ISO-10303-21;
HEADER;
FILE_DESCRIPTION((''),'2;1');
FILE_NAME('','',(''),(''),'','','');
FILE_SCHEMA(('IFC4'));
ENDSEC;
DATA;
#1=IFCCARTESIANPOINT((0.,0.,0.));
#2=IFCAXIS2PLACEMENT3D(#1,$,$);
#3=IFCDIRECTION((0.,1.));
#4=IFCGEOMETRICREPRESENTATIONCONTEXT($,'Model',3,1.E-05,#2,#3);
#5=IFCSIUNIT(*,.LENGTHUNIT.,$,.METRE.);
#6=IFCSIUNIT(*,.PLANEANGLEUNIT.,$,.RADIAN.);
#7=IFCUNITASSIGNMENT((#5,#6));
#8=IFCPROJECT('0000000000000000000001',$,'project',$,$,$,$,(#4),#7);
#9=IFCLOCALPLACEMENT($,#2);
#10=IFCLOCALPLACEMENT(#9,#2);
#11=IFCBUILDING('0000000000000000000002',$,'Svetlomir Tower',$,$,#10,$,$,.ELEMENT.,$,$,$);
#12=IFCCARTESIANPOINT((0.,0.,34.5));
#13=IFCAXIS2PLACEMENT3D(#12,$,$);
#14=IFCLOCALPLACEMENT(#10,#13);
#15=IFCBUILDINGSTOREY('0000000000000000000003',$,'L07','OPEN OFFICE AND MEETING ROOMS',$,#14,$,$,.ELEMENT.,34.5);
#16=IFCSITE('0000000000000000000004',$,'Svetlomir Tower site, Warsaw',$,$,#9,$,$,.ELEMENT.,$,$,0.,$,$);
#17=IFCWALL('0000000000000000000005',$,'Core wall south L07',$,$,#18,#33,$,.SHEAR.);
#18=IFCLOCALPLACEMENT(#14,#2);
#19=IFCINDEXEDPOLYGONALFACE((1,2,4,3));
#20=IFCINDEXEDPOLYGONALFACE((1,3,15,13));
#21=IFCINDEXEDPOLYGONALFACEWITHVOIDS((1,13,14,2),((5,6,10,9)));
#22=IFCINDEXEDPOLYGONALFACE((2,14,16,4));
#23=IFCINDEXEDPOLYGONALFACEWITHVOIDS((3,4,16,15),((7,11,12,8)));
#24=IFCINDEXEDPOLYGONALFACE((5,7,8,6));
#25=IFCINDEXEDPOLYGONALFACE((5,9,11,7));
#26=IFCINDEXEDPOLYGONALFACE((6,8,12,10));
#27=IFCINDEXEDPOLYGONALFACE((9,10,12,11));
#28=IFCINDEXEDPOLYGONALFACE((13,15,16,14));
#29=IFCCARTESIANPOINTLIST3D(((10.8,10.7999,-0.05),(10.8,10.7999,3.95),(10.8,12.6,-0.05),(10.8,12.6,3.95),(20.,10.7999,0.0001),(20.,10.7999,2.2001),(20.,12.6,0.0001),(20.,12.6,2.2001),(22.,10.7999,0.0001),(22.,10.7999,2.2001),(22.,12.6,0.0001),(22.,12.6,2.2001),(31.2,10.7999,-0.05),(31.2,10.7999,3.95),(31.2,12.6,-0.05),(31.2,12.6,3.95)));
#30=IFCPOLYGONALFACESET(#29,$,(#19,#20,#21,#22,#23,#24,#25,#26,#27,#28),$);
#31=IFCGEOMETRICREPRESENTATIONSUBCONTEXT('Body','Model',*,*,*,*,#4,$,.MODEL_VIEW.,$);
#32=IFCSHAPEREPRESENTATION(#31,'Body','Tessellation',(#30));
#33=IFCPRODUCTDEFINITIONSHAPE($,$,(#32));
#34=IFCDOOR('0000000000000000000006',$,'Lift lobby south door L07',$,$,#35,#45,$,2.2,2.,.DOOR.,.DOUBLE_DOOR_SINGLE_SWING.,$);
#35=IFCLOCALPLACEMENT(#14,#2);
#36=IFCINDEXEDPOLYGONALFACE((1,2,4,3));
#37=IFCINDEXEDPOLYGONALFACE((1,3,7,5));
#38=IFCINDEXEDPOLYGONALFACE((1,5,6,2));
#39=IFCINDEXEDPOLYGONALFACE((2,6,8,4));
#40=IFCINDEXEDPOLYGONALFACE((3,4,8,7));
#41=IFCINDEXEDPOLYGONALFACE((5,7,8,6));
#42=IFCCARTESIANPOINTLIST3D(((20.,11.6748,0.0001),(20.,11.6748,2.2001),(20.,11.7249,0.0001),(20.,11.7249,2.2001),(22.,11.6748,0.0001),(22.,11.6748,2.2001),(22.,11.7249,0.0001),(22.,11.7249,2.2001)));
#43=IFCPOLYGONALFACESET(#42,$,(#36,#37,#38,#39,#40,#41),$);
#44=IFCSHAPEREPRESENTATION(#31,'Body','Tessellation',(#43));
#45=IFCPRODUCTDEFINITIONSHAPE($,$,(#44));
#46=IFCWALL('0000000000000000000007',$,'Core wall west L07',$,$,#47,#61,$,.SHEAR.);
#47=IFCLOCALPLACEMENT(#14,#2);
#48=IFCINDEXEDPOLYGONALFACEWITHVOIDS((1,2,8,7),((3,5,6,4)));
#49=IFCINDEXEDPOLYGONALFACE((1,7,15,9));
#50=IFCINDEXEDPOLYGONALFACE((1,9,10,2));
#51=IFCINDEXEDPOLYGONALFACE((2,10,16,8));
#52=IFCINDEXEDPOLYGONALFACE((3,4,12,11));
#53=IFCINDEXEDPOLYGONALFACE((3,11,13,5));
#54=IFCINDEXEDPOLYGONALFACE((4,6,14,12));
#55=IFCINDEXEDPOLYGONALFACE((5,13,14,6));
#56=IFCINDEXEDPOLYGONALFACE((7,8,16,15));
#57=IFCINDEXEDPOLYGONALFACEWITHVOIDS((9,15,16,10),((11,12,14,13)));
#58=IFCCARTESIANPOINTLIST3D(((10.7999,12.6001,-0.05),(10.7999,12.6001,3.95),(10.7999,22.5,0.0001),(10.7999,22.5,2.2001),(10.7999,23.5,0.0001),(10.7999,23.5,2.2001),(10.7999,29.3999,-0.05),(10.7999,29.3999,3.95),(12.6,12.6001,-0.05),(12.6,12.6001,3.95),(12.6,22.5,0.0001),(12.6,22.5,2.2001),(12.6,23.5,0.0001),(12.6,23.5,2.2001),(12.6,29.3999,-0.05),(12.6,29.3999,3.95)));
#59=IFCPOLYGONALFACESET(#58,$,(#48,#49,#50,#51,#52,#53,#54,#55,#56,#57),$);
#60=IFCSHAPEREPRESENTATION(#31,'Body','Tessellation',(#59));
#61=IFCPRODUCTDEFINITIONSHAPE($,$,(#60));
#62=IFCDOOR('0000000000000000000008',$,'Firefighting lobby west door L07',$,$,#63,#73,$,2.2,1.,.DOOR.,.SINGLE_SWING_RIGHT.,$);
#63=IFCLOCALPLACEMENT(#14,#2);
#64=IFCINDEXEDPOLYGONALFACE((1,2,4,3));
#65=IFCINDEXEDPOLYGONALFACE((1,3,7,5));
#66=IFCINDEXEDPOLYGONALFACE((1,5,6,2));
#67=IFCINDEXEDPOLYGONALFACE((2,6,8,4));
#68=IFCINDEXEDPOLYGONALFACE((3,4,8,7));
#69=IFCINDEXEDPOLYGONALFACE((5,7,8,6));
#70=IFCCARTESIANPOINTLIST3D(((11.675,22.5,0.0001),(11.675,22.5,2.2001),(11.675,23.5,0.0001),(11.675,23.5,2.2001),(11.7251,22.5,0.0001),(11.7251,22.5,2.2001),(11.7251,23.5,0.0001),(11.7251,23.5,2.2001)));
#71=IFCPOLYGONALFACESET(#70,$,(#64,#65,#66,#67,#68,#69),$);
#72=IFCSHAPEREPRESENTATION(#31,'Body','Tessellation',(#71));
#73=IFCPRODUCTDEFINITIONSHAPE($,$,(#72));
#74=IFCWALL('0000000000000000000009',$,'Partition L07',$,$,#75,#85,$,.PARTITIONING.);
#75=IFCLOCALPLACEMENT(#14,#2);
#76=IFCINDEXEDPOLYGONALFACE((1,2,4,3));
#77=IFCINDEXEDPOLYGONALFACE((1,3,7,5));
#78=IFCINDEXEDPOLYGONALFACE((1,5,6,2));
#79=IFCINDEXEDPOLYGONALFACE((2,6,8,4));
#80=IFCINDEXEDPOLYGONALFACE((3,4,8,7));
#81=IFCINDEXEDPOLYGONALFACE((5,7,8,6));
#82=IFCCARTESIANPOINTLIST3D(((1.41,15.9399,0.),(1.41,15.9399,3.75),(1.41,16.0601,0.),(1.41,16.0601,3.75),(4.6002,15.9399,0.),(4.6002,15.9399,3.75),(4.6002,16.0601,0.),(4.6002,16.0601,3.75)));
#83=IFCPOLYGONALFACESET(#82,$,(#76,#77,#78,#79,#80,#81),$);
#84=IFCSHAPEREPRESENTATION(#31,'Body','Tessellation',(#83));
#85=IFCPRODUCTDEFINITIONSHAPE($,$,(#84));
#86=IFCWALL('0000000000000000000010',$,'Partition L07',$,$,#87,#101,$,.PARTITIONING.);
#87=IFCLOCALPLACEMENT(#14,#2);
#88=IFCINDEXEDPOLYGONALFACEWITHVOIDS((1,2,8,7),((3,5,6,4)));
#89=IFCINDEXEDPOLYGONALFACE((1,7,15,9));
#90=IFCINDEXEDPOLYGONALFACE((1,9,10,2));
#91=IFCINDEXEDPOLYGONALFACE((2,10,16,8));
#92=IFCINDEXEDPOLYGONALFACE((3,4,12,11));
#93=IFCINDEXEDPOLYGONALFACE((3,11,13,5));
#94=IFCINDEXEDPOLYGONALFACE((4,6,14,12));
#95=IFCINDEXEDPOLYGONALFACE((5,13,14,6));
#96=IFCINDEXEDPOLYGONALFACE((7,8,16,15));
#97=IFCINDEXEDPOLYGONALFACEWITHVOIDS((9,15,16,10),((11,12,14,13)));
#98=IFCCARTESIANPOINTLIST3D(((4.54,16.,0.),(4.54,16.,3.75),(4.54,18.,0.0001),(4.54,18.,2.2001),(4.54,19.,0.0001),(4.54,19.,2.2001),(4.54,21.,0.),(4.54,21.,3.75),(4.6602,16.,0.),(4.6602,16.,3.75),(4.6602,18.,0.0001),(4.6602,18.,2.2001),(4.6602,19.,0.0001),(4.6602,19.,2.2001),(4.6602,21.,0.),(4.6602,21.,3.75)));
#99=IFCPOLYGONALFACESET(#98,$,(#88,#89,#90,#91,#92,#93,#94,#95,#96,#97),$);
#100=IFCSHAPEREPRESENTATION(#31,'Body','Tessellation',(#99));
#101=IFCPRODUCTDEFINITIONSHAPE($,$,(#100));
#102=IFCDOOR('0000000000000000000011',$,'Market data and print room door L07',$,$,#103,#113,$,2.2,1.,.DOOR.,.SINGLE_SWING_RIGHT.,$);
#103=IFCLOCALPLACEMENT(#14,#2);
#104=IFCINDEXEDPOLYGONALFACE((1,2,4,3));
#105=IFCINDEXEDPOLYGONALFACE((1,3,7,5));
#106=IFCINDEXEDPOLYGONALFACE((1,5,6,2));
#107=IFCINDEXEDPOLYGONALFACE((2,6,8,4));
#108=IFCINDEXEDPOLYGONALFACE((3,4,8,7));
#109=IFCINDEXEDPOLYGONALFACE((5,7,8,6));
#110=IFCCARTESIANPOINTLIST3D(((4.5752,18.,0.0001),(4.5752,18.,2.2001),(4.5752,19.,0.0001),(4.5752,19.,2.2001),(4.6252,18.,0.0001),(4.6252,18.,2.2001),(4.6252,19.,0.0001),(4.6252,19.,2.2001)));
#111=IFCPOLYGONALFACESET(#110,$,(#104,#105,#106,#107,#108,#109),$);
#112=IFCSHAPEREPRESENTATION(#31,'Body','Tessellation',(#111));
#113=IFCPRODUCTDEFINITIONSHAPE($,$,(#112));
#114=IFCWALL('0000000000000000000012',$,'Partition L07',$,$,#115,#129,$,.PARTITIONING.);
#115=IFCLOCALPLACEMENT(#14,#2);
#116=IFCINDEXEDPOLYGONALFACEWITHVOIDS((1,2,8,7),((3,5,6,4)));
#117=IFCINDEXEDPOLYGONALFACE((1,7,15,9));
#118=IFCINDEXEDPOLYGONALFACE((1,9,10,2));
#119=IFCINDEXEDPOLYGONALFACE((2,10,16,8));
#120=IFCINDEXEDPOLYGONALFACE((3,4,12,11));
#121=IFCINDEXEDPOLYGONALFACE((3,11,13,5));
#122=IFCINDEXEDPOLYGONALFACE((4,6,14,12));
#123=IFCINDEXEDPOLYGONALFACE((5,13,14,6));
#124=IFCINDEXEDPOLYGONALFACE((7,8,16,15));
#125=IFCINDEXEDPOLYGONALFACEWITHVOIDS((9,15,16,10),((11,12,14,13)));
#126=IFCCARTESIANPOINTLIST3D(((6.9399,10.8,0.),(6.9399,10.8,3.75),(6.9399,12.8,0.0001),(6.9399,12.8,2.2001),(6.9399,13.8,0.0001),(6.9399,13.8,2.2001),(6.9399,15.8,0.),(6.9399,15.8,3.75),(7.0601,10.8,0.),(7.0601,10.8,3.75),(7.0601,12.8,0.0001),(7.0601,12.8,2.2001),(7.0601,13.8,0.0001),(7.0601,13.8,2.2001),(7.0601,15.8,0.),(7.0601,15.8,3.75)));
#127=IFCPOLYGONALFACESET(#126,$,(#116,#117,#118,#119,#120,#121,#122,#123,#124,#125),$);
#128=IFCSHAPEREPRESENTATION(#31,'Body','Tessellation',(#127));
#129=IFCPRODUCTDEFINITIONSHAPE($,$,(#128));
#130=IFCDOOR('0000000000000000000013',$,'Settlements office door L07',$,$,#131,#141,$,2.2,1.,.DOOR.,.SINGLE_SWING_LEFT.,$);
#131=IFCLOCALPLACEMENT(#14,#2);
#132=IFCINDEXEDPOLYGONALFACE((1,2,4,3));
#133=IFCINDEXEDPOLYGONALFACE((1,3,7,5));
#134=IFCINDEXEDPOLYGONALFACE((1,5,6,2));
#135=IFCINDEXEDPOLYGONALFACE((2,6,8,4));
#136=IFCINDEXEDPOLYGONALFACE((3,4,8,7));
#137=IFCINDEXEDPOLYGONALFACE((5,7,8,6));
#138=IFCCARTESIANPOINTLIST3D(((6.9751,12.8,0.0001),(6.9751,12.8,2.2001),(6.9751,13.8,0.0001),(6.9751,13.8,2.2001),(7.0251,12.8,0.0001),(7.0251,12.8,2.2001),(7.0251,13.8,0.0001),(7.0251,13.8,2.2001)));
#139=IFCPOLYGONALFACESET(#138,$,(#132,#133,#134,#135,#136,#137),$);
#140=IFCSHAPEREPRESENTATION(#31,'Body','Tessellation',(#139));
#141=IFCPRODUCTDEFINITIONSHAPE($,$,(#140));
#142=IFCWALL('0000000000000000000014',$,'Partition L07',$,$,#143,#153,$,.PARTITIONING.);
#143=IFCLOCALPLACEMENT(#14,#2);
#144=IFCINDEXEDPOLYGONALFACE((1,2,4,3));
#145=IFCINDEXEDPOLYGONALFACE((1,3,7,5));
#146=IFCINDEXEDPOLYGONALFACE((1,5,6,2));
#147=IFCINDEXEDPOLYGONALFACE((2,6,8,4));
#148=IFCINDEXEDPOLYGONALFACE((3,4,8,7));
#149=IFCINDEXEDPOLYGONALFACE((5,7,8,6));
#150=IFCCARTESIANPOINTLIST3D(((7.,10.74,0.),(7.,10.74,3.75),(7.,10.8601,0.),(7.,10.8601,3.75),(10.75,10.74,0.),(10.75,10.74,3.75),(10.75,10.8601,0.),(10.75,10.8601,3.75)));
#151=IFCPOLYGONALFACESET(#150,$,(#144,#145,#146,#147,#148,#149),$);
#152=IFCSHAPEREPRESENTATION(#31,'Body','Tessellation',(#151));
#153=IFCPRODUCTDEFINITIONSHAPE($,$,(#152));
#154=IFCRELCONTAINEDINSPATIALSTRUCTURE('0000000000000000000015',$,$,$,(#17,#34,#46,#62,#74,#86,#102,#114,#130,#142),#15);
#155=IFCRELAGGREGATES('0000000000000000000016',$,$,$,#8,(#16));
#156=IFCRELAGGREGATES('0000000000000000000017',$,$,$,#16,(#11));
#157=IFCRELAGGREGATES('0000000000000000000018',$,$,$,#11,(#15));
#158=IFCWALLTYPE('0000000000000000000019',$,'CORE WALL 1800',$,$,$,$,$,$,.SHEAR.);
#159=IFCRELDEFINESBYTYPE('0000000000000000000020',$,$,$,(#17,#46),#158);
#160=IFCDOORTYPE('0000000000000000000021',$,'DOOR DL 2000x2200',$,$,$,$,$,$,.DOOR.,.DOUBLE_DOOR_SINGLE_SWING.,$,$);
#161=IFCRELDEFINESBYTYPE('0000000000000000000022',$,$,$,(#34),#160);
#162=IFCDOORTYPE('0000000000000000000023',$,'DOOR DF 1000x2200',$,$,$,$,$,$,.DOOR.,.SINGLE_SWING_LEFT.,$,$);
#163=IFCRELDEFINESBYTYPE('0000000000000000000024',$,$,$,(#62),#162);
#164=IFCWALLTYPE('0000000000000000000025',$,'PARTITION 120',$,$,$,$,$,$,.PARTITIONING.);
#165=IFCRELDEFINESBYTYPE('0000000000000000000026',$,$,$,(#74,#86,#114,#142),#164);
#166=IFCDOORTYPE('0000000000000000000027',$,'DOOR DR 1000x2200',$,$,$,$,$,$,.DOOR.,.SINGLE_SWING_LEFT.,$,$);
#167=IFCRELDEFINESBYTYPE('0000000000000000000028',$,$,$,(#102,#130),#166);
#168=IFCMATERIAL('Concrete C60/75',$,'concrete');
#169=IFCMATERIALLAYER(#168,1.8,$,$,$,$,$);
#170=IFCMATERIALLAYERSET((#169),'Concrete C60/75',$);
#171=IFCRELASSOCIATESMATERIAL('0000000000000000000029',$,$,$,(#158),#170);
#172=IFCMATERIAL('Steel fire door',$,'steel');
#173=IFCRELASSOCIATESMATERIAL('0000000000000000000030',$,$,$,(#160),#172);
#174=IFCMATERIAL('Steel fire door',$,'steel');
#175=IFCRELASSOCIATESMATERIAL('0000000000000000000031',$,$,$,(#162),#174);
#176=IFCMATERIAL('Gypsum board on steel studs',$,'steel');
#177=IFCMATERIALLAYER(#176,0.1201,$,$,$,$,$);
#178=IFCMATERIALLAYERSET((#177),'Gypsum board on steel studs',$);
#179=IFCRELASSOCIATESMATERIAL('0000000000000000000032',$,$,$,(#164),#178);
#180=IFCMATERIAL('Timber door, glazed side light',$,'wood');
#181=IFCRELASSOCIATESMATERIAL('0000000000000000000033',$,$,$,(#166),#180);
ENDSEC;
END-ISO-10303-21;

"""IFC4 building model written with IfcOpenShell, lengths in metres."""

from ifc_helpers import new_model, si_unit, direction, frame, frame_2d, origin, place, context, subcontext, project, spatial, rectangle, extrude, material, layer, layer_set, type_object, element, fill, save


model = new_model("IFC4")

# Units and contexts
model_context = context("Model", 3, precision=1e-05, world=origin(), true_north=direction((0.0, 1.0)))
body_context = subcontext(model_context, "Body", "Model", "MODEL_VIEW")
ifc_project = project(units=[si_unit("LENGTHUNIT", "METRE"), si_unit("PLANEANGLEUNIT", "RADIAN")], contexts=[model_context])

# Site, building, storey
site_placement = place(None, origin())
site = spatial("IfcSite", under=ifc_project, at=site_placement, Name="Svetlomir Tower site, Warsaw", CompositionType="ELEMENT", RefElevation=0.0)
building_placement = place(site_placement, origin())
building = spatial("IfcBuilding", under=site, at=building_placement, Name="Svetlomir Tower", CompositionType="ELEMENT")
storey_placement = place(building_placement, frame((0.0, 0.0, 34.5)))
storey = spatial("IfcBuildingStorey", under=building, at=storey_placement, Name="L07", Description="OPEN OFFICE AND MEETING ROOMS", CompositionType="ELEMENT", Elevation=34.5)

# Walls, openings, doors
ifc_material_1 = material(Name="Concrete C60/75", Category="concrete")
ifc_layer_1 = layer(ifc_material_1, 1.8)
ifc_layer_set_1 = layer_set([ifc_layer_1], Name="Concrete C60/75")
wall_type_1 = type_object("IfcWallType", Name="CORE WALL 1800", PredefinedType="SHEAR", material=ifc_layer_set_1)
wall_1_placement = place(storey_placement, frame((10.8, 11.7, -0.05), z_axis=(0.0, 0.0, 1.0), x_axis=(1.0, 0.0, 0.0)))
wall_1 = element("IfcWall", 1, at=wall_1_placement, inside=storey, type_object=wall_type_1, Name="Core wall south L07", PredefinedType="SHEAR", context=body_context, shape_type="SweptSolid", body=[
    extrude(rectangle(XDim=20.3999, YDim=1.8, at=frame_2d((10.2, 0.0))), origin(), (0.0, 0.0, 1.0), 4.0),
])
opening_1_placement = place(wall_1_placement, frame((9.2, 0.0, 0.05)))
opening_1 = element("IfcOpeningElement", 2, at=opening_1_placement, cuts=wall_1, PredefinedType="OPENING", context=body_context, shape_type="SweptSolid", body=[
    extrude(rectangle(XDim=2.0, YDim=2.2, at=frame_2d((1.0, 1.1001))), frame((0.0, 0.9102, 0.0), z_axis=(0.0, -1.0, 0.0), x_axis=(1.0, 0.0, 0.0)), (0.0, 0.0, 1.0), 1.8201),
])
ifc_material_2 = material(Name="Steel fire door", Category="steel")
door_type_1 = type_object("IfcDoorType", Name="DOOR DL 2000x2200", OperationType="DOUBLE_DOOR_SINGLE_SWING", PredefinedType="DOOR", material=ifc_material_2)
door_1_placement = place(opening_1_placement, origin())
door_1 = element("IfcDoor", 3, at=door_1_placement, inside=storey, type_object=door_type_1, Name="Lift lobby south door L07", OperationType="DOUBLE_DOOR_SINGLE_SWING", OverallHeight=2.2, OverallWidth=2.0, PredefinedType="DOOR", context=body_context, shape_type="SweptSolid", body=[
    extrude(rectangle(XDim=2.0, YDim=2.2, at=frame_2d((1.0, 1.1001))), frame((0.0, 0.0249, 0.0), z_axis=(0.0, -1.0, 0.0), x_axis=(1.0, 0.0, 0.0)), (0.0, 0.0, 1.0), 0.05),
])
fill(opening_1, door_1)
wall_2_placement = place(storey_placement, frame((11.7, 12.6001, -0.05), z_axis=(0.0, 0.0, 1.0), x_axis=(0.0, 1.0, 0.0)))
wall_2 = element("IfcWall", 4, at=wall_2_placement, inside=storey, type_object=wall_type_1, Name="Core wall west L07", PredefinedType="SHEAR", context=body_context, shape_type="SweptSolid", body=[
    extrude(rectangle(XDim=16.7998, YDim=1.8, at=frame_2d((8.3999, 0.0))), origin(), (0.0, 0.0, 1.0), 4.0),
])
opening_2_placement = place(wall_2_placement, frame((9.8999, 0.0, 0.05)))
opening_2 = element("IfcOpeningElement", 5, at=opening_2_placement, cuts=wall_2, PredefinedType="OPENING", context=body_context, shape_type="SweptSolid", body=[
    extrude(rectangle(XDim=1.0, YDim=2.2, at=frame_2d((0.5, 1.1001))), frame((0.0, 0.9102, 0.0), z_axis=(0.0, -1.0, 0.0), x_axis=(1.0, 0.0, 0.0)), (0.0, 0.0, 1.0), 1.8201),
])
ifc_material_3 = material(Name="Steel fire door", Category="steel")
door_type_2 = type_object("IfcDoorType", Name="DOOR DF 1000x2200", OperationType="SINGLE_SWING_LEFT", PredefinedType="DOOR", material=ifc_material_3)
door_2_placement = place(opening_2_placement, origin())
door_2 = element("IfcDoor", 6, at=door_2_placement, inside=storey, type_object=door_type_2, Name="Firefighting lobby west door L07", OperationType="SINGLE_SWING_RIGHT", OverallHeight=2.2, OverallWidth=1.0, PredefinedType="DOOR", context=body_context, shape_type="SweptSolid", body=[
    extrude(rectangle(XDim=1.0, YDim=2.2, at=frame_2d((0.5, 1.1001))), frame((0.0, 0.0249, 0.0), z_axis=(0.0, -1.0, 0.0), x_axis=(1.0, 0.0, 0.0)), (0.0, 0.0, 1.0), 0.05),
])
fill(opening_2, door_2)

# Wall
ifc_material_4 = material(Name="Gypsum board on steel studs", Category="steel")
ifc_layer_2 = layer(ifc_material_4, 0.1201)
ifc_layer_set_2 = layer_set([ifc_layer_2], Name="Gypsum board on steel studs")
wall_type_2 = type_object("IfcWallType", Name="PARTITION 120", PredefinedType="PARTITIONING", material=ifc_layer_set_2)
wall_3_placement = place(storey_placement, frame((1.4099, 16.0, 0.0), z_axis=(0.0, 0.0, 1.0), x_axis=(1.0, 0.0, 0.0)))
element("IfcWall", 7, at=wall_3_placement, inside=storey, type_object=wall_type_2, Name="Partition L07", PredefinedType="PARTITIONING", context=body_context, shape_type="SweptSolid", body=[
    extrude(rectangle(XDim=3.1902, YDim=0.1201, at=frame_2d((1.5952, 0.0))), origin(), (0.0, 0.0, 1.0), 3.75),
])

# Walls, openings, doors
wall_4_placement = place(storey_placement, frame((4.6001, 16.0, 0.0), z_axis=(0.0, 0.0, 1.0), x_axis=(0.0, 1.0, 0.0)))
wall_4 = element("IfcWall", 8, at=wall_4_placement, inside=storey, type_object=wall_type_2, Name="Partition L07", PredefinedType="PARTITIONING", context=body_context, shape_type="SweptSolid", body=[
    extrude(rectangle(XDim=5.0, YDim=0.1201, at=frame_2d((2.5, 0.0))), origin(), (0.0, 0.0, 1.0), 3.75),
])
opening_3_placement = place(wall_4_placement, frame((2.0, 0.0, 0.0)))
opening_3 = element("IfcOpeningElement", 9, at=opening_3_placement, cuts=wall_4, PredefinedType="OPENING", context=body_context, shape_type="SweptSolid", body=[
    extrude(rectangle(XDim=1.0, YDim=2.2, at=frame_2d((0.5, 1.1001))), frame((0.0, 0.0701, 0.0), z_axis=(0.0, -1.0, 0.0), x_axis=(1.0, 0.0, 0.0)), (0.0, 0.0, 1.0), 0.1401),
])
ifc_material_5 = material(Name="Timber door, glazed side light", Category="wood")
door_type_3 = type_object("IfcDoorType", Name="DOOR DR 1000x2200", OperationType="SINGLE_SWING_LEFT", PredefinedType="DOOR", material=ifc_material_5)
door_3_placement = place(opening_3_placement, origin())
door_3 = element("IfcDoor", 10, at=door_3_placement, inside=storey, type_object=door_type_3, Name="Market data and print room door L07", OperationType="SINGLE_SWING_RIGHT", OverallHeight=2.2, OverallWidth=1.0, PredefinedType="DOOR", context=body_context, shape_type="SweptSolid", body=[
    extrude(rectangle(XDim=1.0, YDim=2.2, at=frame_2d((0.5, 1.1001))), frame((0.0, 0.0249, 0.0), z_axis=(0.0, -1.0, 0.0), x_axis=(1.0, 0.0, 0.0)), (0.0, 0.0, 1.0), 0.05),
])
fill(opening_3, door_3)
wall_5_placement = place(storey_placement, frame((7.0, 10.8, 0.0), z_axis=(0.0, 0.0, 1.0), x_axis=(0.0, 1.0, 0.0)))
wall_5 = element("IfcWall", 11, at=wall_5_placement, inside=storey, type_object=wall_type_2, Name="Partition L07", PredefinedType="PARTITIONING", context=body_context, shape_type="SweptSolid", body=[
    extrude(rectangle(XDim=5.0, YDim=0.1201, at=frame_2d((2.5, 0.0))), origin(), (0.0, 0.0, 1.0), 3.75),
])
opening_4_placement = place(wall_5_placement, frame((2.0, 0.0, 0.0)))
opening_4 = element("IfcOpeningElement", 12, at=opening_4_placement, cuts=wall_5, PredefinedType="OPENING", context=body_context, shape_type="SweptSolid", body=[
    extrude(rectangle(XDim=1.0, YDim=2.2, at=frame_2d((0.5, 1.1001))), frame((0.0, 0.0701, 0.0), z_axis=(0.0, -1.0, 0.0), x_axis=(1.0, 0.0, 0.0)), (0.0, 0.0, 1.0), 0.1401),
])
door_4_placement = place(opening_4_placement, origin())
door_4 = element("IfcDoor", 13, at=door_4_placement, inside=storey, type_object=door_type_3, Name="Settlements office door L07", OperationType="SINGLE_SWING_LEFT", OverallHeight=2.2, OverallWidth=1.0, PredefinedType="DOOR", context=body_context, shape_type="SweptSolid", body=[
    extrude(rectangle(XDim=1.0, YDim=2.2, at=frame_2d((0.5, 1.1001))), frame((0.0, 0.0249, 0.0), z_axis=(0.0, -1.0, 0.0), x_axis=(1.0, 0.0, 0.0)), (0.0, 0.0, 1.0), 0.05),
])
fill(opening_4, door_4)

# Wall
wall_6_placement = place(storey_placement, frame((7.0, 10.8, 0.0), z_axis=(0.0, 0.0, 1.0), x_axis=(1.0, 0.0, 0.0)))
element("IfcWall", 14, at=wall_6_placement, inside=storey, type_object=wall_type_2, Name="Partition L07", PredefinedType="PARTITIONING", context=body_context, shape_type="SweptSolid", body=[
    extrude(rectangle(XDim=3.75, YDim=0.1201, at=frame_2d((1.875, 0.0))), origin(), (0.0, 0.0, 1.0), 3.75),
])

save(model, "model.ifc")
